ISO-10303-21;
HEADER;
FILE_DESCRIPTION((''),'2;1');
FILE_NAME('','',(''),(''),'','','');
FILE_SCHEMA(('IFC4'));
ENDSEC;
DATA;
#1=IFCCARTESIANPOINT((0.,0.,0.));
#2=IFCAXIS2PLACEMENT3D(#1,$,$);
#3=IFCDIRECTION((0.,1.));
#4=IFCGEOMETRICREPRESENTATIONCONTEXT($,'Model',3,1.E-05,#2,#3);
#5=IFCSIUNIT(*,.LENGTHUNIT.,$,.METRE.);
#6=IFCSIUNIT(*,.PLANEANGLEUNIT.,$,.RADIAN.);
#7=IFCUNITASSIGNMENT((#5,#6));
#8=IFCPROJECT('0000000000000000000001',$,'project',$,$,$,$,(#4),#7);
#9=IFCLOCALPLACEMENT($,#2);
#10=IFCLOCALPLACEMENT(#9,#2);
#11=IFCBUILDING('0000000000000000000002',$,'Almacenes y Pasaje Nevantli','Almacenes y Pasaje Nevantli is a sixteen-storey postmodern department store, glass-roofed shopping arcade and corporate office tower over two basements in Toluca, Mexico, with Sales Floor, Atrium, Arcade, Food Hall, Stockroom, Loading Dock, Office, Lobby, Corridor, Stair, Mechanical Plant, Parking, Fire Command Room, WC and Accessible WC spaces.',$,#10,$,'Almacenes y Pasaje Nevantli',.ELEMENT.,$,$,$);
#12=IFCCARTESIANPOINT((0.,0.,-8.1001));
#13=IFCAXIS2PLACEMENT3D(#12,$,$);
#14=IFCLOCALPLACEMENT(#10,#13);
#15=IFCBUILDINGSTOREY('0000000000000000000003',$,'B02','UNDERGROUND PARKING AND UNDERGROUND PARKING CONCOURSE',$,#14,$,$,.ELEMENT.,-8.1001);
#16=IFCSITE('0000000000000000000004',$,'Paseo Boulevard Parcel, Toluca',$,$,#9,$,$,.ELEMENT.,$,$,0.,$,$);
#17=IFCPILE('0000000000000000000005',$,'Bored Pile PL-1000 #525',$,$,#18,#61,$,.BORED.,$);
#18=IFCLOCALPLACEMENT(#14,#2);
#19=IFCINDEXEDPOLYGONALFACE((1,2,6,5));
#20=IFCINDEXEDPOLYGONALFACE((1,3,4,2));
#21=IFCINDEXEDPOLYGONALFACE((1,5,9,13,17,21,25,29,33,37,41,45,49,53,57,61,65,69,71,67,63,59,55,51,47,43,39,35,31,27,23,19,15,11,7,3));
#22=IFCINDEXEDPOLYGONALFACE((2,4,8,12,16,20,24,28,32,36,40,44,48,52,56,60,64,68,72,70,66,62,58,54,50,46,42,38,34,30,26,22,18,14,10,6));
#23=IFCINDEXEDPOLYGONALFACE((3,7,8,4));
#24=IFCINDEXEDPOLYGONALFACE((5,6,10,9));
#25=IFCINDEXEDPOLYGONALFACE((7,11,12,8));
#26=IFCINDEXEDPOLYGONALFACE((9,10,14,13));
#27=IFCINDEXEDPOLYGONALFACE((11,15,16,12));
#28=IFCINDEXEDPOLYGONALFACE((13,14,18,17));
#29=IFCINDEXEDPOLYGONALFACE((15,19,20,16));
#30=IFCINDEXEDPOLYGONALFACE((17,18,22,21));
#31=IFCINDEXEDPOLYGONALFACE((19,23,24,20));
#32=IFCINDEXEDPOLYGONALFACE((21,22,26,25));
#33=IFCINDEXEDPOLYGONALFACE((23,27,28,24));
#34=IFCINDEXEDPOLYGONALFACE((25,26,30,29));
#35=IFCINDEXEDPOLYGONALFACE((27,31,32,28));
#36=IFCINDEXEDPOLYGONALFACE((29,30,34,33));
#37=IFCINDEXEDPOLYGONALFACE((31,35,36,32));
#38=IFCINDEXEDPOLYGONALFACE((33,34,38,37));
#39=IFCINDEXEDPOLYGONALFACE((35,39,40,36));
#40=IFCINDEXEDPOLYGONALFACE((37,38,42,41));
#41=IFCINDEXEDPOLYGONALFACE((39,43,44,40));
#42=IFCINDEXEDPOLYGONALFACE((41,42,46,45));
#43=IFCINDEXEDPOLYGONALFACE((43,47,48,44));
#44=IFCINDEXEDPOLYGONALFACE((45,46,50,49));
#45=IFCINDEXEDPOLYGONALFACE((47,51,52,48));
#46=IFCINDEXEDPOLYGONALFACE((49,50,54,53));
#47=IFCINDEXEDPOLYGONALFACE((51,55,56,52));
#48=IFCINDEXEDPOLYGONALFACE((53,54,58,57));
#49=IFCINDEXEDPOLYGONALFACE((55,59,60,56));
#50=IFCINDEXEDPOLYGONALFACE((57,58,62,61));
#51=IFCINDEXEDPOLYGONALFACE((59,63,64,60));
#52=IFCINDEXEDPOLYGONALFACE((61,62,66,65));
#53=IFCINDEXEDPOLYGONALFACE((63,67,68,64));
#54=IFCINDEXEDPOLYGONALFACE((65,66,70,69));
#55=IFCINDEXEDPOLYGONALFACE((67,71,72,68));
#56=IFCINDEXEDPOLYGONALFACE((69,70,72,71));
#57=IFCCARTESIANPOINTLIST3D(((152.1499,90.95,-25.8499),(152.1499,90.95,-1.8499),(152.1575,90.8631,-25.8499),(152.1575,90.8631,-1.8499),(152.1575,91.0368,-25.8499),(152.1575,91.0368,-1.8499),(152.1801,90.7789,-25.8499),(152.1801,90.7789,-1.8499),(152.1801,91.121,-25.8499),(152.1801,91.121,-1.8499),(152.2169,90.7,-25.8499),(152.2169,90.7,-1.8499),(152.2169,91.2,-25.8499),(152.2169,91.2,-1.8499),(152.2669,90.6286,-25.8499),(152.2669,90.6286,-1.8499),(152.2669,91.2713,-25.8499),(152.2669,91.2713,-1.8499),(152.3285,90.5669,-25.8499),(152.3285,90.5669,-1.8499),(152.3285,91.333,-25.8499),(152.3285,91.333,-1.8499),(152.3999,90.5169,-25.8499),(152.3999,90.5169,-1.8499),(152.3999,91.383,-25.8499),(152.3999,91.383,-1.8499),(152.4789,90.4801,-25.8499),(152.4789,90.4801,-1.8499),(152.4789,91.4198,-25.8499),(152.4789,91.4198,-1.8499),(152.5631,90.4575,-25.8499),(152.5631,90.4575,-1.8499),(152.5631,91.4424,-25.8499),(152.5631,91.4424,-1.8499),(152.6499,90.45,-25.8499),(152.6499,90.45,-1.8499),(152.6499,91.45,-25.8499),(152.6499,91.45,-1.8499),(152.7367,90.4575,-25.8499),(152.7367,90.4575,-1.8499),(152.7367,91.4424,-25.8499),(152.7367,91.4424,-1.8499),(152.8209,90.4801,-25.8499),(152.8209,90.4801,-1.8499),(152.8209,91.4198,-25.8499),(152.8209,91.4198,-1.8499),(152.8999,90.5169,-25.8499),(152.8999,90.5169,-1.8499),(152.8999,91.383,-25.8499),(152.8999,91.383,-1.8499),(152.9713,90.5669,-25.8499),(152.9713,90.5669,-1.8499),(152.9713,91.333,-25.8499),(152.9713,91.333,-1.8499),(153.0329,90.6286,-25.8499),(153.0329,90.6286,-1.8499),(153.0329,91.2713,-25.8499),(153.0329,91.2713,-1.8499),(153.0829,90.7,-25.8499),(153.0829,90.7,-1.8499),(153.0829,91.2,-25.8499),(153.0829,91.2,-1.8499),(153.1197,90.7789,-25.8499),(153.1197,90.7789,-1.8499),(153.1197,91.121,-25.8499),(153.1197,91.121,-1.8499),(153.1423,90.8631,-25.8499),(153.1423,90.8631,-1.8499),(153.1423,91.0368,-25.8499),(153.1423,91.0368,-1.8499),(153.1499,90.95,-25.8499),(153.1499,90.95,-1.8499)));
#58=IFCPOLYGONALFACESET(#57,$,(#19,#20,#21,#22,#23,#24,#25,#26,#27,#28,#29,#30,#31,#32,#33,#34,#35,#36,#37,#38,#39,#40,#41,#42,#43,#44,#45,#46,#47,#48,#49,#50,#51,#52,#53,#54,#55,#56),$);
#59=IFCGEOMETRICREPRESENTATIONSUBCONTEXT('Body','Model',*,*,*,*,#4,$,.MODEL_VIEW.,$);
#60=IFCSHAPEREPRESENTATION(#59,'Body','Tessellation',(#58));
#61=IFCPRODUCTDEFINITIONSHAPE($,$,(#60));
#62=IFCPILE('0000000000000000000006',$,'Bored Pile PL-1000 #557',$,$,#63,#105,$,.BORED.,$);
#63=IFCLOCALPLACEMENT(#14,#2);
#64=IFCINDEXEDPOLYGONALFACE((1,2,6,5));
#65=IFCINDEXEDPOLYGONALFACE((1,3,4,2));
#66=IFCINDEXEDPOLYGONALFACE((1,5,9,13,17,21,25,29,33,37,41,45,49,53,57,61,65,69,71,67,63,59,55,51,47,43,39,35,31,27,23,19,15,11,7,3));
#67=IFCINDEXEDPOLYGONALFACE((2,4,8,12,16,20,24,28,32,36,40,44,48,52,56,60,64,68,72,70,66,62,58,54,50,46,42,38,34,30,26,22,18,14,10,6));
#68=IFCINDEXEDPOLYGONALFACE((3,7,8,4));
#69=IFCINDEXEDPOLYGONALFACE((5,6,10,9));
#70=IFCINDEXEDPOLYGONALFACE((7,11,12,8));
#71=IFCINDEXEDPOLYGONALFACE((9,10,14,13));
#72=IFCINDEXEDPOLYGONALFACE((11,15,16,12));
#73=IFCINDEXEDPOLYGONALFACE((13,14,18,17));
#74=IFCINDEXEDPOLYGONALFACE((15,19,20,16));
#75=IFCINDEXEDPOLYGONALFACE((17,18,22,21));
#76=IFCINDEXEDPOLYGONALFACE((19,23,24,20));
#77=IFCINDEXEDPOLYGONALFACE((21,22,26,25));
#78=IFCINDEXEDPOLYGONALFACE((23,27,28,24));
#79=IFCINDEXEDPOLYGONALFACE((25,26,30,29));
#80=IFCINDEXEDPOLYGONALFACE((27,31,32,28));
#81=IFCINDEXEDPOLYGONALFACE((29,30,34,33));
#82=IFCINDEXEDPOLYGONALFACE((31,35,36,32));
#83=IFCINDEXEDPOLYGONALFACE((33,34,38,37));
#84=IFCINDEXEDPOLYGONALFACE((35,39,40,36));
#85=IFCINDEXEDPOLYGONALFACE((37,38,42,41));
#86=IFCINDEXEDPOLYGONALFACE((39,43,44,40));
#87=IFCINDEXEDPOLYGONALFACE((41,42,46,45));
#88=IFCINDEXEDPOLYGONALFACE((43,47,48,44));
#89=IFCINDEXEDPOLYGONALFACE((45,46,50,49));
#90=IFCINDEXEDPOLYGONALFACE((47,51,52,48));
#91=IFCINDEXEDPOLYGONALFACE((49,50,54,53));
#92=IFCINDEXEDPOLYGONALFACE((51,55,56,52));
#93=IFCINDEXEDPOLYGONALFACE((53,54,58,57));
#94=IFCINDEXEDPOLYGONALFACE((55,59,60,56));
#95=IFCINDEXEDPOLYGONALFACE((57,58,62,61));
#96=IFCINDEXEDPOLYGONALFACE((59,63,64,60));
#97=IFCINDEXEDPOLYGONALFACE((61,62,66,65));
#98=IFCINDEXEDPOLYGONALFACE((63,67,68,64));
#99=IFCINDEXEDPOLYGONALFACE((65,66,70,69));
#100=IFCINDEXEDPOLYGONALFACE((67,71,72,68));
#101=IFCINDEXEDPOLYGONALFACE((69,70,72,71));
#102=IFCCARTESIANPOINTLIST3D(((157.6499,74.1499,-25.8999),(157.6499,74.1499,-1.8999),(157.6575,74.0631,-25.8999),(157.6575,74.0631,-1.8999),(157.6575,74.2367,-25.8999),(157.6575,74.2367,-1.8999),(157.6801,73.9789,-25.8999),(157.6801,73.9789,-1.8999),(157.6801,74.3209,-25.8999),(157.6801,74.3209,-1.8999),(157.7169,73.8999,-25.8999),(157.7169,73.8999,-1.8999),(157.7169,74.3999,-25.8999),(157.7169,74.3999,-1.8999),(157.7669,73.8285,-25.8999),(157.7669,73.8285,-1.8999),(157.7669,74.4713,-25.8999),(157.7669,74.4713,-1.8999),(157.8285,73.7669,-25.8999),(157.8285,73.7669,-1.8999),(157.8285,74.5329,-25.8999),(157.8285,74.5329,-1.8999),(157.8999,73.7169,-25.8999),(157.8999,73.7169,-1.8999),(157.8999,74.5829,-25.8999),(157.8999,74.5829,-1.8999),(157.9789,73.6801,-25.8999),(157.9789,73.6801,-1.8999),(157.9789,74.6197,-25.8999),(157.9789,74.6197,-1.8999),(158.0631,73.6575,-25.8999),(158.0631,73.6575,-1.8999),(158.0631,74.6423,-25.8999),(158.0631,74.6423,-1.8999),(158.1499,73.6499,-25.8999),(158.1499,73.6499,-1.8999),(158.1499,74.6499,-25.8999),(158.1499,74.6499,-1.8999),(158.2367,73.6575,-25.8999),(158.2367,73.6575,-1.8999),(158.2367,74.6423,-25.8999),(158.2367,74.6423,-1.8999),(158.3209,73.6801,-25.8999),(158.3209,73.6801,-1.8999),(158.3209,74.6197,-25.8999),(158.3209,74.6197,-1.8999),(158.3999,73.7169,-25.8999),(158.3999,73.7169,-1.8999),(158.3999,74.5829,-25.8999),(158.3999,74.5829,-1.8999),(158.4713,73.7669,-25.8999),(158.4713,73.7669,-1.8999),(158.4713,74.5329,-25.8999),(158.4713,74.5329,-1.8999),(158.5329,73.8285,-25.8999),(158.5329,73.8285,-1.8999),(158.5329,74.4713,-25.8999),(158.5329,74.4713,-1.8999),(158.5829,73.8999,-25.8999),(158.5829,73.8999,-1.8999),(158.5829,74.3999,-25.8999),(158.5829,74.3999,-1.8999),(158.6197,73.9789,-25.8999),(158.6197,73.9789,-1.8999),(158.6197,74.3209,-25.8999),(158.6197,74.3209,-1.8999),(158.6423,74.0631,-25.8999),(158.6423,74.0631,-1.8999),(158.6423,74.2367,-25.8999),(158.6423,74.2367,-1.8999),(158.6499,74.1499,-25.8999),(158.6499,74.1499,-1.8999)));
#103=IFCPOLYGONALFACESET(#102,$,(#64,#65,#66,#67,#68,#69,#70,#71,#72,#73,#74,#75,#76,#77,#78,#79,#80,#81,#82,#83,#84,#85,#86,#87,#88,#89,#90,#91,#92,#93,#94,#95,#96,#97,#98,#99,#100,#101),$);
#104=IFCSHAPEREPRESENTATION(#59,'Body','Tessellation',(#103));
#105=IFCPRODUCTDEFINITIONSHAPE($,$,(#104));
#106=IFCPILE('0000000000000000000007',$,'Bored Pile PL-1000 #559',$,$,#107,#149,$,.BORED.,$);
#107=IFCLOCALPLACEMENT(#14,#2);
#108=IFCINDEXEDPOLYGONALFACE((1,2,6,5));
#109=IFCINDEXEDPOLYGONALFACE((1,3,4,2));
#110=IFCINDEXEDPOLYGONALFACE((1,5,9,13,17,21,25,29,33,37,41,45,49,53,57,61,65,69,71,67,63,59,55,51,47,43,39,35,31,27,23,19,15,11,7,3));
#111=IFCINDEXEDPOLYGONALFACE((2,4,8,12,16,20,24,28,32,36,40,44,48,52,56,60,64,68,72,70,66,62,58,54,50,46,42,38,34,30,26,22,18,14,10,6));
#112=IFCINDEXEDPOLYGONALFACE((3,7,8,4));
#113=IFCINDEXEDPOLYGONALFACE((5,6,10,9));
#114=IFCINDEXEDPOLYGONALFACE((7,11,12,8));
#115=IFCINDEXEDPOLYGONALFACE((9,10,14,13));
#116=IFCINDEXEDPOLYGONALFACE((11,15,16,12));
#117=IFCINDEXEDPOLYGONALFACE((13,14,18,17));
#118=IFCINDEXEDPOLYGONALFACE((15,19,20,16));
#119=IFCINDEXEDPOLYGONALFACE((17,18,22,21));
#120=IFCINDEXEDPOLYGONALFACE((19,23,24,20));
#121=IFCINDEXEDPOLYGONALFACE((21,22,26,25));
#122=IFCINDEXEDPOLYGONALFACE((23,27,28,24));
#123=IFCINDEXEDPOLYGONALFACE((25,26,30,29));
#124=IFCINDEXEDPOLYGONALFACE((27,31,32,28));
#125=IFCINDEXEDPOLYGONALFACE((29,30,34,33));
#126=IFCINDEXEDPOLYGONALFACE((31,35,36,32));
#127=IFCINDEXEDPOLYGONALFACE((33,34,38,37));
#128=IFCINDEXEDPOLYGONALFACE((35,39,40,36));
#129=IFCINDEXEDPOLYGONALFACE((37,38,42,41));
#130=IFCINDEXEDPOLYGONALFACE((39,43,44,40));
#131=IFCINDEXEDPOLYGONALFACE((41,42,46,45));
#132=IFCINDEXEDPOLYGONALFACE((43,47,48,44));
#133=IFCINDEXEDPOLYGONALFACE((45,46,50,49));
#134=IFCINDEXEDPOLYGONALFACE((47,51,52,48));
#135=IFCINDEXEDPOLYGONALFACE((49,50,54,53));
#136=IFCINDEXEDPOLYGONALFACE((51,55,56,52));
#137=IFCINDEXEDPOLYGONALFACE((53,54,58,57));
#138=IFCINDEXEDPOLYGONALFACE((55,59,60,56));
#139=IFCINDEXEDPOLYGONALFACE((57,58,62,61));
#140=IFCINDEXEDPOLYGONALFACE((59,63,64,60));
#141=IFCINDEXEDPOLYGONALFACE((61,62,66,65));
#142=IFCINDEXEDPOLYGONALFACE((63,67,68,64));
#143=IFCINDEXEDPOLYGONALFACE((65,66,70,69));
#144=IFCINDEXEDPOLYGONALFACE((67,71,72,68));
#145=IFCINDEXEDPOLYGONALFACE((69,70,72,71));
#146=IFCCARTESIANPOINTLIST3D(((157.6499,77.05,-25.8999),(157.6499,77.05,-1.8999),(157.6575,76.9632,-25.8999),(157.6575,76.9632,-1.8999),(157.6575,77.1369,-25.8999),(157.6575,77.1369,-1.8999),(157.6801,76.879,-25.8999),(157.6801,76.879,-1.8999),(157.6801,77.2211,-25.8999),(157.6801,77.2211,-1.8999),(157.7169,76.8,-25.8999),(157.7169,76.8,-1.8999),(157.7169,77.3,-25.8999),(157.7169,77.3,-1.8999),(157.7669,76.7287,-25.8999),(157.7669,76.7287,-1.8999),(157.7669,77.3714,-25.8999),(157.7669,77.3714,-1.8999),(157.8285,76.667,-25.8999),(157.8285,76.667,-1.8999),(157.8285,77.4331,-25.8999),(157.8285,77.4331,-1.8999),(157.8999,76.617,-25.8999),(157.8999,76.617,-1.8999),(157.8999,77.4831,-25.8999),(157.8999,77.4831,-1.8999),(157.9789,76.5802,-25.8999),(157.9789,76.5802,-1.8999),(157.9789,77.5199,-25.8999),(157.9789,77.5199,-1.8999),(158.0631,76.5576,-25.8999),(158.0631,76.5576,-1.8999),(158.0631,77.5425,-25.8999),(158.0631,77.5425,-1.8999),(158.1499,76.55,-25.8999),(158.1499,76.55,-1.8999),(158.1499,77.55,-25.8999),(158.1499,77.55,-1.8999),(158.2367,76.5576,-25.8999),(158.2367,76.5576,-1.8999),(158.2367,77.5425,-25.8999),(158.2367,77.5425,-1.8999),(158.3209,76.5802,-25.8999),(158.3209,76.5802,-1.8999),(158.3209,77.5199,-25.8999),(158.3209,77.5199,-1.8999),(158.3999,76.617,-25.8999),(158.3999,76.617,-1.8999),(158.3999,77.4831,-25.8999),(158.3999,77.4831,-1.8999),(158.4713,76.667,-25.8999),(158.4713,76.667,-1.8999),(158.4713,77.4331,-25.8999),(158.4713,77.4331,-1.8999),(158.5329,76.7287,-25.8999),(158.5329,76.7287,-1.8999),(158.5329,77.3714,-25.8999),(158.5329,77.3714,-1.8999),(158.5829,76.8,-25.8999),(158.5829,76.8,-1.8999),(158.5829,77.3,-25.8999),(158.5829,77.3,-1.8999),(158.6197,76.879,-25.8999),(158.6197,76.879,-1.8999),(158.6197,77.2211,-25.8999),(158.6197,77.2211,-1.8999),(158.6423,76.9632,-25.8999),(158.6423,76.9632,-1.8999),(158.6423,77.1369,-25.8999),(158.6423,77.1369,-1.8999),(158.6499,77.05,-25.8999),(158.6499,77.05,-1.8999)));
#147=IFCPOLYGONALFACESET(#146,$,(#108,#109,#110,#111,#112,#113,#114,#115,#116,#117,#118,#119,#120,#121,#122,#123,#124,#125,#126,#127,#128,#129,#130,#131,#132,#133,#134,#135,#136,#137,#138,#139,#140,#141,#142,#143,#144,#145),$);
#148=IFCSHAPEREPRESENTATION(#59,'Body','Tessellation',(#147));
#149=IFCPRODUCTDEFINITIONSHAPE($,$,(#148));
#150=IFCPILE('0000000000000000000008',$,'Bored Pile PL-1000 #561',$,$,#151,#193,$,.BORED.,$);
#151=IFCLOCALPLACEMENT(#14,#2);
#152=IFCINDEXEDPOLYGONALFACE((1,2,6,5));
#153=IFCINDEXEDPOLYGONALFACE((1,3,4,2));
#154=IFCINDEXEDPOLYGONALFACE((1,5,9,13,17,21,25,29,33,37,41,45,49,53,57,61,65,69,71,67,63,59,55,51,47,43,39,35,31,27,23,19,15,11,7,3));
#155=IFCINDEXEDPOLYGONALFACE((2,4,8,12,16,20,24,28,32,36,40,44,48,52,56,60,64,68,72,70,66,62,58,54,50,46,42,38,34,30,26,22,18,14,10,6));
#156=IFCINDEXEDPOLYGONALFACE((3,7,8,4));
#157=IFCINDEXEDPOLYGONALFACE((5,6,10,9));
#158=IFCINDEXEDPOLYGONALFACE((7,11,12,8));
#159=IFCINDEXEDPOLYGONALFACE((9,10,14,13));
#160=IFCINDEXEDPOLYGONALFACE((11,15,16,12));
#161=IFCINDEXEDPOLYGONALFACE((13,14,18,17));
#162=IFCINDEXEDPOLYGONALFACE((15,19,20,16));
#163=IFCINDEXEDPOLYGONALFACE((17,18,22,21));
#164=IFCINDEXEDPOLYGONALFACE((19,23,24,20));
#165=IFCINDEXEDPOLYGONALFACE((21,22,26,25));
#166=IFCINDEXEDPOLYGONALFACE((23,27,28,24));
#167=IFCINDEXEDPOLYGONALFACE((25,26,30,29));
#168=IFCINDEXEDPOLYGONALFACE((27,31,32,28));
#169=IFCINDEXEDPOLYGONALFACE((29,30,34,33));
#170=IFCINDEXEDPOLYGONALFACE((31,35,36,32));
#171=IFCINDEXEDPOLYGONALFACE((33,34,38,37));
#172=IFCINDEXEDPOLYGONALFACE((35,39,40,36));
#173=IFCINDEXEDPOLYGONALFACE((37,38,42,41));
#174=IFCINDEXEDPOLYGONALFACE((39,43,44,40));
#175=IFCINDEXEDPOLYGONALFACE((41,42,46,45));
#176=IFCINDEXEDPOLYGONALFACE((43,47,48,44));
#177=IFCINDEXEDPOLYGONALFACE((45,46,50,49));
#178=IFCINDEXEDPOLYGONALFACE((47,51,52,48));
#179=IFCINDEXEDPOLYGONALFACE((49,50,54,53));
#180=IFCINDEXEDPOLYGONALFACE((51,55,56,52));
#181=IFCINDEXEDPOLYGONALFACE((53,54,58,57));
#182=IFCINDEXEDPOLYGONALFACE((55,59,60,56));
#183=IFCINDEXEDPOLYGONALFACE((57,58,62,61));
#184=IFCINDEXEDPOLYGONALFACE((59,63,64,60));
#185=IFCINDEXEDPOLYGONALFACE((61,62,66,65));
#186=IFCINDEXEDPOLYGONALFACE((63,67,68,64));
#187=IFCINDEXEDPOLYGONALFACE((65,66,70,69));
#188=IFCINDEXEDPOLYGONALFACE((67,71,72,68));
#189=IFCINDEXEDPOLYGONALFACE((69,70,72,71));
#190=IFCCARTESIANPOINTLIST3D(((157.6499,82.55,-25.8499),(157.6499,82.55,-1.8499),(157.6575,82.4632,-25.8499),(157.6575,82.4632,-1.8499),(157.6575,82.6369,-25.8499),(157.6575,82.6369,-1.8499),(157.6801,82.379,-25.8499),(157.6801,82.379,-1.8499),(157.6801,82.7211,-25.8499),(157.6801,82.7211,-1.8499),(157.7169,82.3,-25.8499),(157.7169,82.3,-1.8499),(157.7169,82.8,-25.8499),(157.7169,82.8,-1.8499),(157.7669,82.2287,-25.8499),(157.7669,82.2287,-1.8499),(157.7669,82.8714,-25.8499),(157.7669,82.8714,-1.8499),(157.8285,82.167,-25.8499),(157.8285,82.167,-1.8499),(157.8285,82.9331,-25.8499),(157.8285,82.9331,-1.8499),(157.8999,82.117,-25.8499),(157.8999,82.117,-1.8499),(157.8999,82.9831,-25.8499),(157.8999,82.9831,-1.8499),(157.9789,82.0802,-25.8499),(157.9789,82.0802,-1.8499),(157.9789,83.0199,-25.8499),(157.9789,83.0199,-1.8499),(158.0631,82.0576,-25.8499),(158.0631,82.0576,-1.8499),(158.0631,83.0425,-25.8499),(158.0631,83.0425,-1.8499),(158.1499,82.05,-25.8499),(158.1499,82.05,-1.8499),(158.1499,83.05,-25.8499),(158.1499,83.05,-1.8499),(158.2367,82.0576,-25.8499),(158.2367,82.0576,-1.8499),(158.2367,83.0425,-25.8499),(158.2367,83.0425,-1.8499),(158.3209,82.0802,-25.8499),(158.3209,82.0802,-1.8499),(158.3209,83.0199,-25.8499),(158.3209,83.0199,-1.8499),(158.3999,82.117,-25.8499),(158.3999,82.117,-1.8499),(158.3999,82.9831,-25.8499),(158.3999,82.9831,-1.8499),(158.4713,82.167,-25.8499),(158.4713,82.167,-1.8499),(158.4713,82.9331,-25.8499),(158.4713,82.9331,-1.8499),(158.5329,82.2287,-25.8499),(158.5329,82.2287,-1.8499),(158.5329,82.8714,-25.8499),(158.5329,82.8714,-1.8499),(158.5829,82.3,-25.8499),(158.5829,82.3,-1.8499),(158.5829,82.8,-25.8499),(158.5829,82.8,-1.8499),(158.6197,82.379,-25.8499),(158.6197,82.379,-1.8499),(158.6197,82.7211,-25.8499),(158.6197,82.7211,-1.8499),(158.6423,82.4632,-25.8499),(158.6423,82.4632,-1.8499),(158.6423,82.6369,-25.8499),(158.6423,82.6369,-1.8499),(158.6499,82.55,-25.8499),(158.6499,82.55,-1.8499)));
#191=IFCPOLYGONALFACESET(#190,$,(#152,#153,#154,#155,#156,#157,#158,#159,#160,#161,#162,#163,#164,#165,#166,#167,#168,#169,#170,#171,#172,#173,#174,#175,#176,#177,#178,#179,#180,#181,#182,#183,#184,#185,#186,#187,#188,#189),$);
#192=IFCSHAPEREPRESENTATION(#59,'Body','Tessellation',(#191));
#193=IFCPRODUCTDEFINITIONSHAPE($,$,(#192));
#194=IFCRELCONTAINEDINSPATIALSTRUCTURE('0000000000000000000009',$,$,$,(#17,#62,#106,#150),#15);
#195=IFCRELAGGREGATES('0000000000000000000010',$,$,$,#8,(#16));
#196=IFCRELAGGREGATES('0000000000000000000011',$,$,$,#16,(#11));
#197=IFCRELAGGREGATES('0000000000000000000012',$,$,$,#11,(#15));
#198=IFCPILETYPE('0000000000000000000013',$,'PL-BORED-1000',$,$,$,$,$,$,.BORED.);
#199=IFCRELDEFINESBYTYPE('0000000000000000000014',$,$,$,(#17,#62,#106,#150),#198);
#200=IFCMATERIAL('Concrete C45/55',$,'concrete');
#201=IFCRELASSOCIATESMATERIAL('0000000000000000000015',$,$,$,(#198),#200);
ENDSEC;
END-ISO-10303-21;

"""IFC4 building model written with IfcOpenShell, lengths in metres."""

from ifc_helpers import new_model, si_unit, direction, frame, origin, origin_2d, place, context, subcontext, project, spatial, circle, extrude, material, material_profile, profile_set, type_object, element, save


model = new_model("IFC4")

# Units and contexts
model_context = context("Model", 3, precision=1e-05, world=origin(), true_north=direction((0.0, 1.0)))
body_context = subcontext(model_context, "Body", "Model", "MODEL_VIEW")
ifc_project = project(units=[si_unit("LENGTHUNIT", "METRE"), si_unit("PLANEANGLEUNIT", "RADIAN")], contexts=[model_context])

# Site, building, storey
site_placement = place(None, origin())
site = spatial("IfcSite", under=ifc_project, at=site_placement, Name="Paseo Boulevard Parcel, Toluca", CompositionType="ELEMENT", RefElevation=0.0)
building_placement = place(site_placement, origin())
building = spatial("IfcBuilding", under=site, at=building_placement, Name="Almacenes y Pasaje Nevantli", Description="Almacenes y Pasaje Nevantli is a sixteen-storey postmodern department store, glass-roofed shopping arcade and corporate office tower over two basements in Toluca, Mexico, with Sales Floor, Atrium, Arcade, Food Hall, Stockroom, Loading Dock, Office, Lobby, Corridor, Stair, Mechanical Plant, Parking, Fire Command Room, WC and Accessible WC spaces.", LongName="Almacenes y Pasaje Nevantli", CompositionType="ELEMENT")
storey_placement = place(building_placement, frame((0.0, 0.0, -8.1001)))
storey = spatial("IfcBuildingStorey", under=building, at=storey_placement, Name="B02", Description="UNDERGROUND PARKING AND UNDERGROUND PARKING CONCOURSE", CompositionType="ELEMENT", Elevation=-8.1001)

# Piles
ifc_material_1 = material(Name="Concrete C45/55", Category="concrete")
ifc_material_profile_1 = material_profile(ifc_material_1, circle(Radius=0.5, at=origin_2d()), Name="RC-PILE-D1000")
ifc_profile_set_1 = profile_set([ifc_material_profile_1], Name="Concrete C45/55")
pile_type = type_object("IfcPileType", Name="PL-BORED-1000", PredefinedType="BORED", material=ifc_profile_set_1)
for number, where, z_axis, x_axis, name in (
    (1, (152.6499, 90.95, -1.8499), (0.0, 0.0, -1.0), (1.0, 0.0, 0.0), "Bored Pile PL-1000 #525"),
    (2, (158.1499, 74.1499, -1.8999), (0.0, 0.0, -1.0), (1.0, 0.0, 0.0), "Bored Pile PL-1000 #557"),
    (3, (158.1499, 77.05, -1.8999), (0.0, 0.0, -1.0), (1.0, 0.0, 0.0), "Bored Pile PL-1000 #559"),
    (4, (158.1499, 82.55, -1.8499), (0.0, 0.0, -1.0), (1.0, 0.0, 0.0), "Bored Pile PL-1000 #561"),
):
    element("IfcPile", number, at=place(storey_placement, frame(where, z_axis=z_axis, x_axis=x_axis)), inside=storey, type_object=pile_type, Name=name, PredefinedType="BORED", context=body_context, shape_type="SweptSolid", body=[
        extrude(circle(Radius=0.5, at=origin_2d()), origin(), (0.0, 0.0, 1.0), 24.0),
    ])

save(model, "model.ifc")
